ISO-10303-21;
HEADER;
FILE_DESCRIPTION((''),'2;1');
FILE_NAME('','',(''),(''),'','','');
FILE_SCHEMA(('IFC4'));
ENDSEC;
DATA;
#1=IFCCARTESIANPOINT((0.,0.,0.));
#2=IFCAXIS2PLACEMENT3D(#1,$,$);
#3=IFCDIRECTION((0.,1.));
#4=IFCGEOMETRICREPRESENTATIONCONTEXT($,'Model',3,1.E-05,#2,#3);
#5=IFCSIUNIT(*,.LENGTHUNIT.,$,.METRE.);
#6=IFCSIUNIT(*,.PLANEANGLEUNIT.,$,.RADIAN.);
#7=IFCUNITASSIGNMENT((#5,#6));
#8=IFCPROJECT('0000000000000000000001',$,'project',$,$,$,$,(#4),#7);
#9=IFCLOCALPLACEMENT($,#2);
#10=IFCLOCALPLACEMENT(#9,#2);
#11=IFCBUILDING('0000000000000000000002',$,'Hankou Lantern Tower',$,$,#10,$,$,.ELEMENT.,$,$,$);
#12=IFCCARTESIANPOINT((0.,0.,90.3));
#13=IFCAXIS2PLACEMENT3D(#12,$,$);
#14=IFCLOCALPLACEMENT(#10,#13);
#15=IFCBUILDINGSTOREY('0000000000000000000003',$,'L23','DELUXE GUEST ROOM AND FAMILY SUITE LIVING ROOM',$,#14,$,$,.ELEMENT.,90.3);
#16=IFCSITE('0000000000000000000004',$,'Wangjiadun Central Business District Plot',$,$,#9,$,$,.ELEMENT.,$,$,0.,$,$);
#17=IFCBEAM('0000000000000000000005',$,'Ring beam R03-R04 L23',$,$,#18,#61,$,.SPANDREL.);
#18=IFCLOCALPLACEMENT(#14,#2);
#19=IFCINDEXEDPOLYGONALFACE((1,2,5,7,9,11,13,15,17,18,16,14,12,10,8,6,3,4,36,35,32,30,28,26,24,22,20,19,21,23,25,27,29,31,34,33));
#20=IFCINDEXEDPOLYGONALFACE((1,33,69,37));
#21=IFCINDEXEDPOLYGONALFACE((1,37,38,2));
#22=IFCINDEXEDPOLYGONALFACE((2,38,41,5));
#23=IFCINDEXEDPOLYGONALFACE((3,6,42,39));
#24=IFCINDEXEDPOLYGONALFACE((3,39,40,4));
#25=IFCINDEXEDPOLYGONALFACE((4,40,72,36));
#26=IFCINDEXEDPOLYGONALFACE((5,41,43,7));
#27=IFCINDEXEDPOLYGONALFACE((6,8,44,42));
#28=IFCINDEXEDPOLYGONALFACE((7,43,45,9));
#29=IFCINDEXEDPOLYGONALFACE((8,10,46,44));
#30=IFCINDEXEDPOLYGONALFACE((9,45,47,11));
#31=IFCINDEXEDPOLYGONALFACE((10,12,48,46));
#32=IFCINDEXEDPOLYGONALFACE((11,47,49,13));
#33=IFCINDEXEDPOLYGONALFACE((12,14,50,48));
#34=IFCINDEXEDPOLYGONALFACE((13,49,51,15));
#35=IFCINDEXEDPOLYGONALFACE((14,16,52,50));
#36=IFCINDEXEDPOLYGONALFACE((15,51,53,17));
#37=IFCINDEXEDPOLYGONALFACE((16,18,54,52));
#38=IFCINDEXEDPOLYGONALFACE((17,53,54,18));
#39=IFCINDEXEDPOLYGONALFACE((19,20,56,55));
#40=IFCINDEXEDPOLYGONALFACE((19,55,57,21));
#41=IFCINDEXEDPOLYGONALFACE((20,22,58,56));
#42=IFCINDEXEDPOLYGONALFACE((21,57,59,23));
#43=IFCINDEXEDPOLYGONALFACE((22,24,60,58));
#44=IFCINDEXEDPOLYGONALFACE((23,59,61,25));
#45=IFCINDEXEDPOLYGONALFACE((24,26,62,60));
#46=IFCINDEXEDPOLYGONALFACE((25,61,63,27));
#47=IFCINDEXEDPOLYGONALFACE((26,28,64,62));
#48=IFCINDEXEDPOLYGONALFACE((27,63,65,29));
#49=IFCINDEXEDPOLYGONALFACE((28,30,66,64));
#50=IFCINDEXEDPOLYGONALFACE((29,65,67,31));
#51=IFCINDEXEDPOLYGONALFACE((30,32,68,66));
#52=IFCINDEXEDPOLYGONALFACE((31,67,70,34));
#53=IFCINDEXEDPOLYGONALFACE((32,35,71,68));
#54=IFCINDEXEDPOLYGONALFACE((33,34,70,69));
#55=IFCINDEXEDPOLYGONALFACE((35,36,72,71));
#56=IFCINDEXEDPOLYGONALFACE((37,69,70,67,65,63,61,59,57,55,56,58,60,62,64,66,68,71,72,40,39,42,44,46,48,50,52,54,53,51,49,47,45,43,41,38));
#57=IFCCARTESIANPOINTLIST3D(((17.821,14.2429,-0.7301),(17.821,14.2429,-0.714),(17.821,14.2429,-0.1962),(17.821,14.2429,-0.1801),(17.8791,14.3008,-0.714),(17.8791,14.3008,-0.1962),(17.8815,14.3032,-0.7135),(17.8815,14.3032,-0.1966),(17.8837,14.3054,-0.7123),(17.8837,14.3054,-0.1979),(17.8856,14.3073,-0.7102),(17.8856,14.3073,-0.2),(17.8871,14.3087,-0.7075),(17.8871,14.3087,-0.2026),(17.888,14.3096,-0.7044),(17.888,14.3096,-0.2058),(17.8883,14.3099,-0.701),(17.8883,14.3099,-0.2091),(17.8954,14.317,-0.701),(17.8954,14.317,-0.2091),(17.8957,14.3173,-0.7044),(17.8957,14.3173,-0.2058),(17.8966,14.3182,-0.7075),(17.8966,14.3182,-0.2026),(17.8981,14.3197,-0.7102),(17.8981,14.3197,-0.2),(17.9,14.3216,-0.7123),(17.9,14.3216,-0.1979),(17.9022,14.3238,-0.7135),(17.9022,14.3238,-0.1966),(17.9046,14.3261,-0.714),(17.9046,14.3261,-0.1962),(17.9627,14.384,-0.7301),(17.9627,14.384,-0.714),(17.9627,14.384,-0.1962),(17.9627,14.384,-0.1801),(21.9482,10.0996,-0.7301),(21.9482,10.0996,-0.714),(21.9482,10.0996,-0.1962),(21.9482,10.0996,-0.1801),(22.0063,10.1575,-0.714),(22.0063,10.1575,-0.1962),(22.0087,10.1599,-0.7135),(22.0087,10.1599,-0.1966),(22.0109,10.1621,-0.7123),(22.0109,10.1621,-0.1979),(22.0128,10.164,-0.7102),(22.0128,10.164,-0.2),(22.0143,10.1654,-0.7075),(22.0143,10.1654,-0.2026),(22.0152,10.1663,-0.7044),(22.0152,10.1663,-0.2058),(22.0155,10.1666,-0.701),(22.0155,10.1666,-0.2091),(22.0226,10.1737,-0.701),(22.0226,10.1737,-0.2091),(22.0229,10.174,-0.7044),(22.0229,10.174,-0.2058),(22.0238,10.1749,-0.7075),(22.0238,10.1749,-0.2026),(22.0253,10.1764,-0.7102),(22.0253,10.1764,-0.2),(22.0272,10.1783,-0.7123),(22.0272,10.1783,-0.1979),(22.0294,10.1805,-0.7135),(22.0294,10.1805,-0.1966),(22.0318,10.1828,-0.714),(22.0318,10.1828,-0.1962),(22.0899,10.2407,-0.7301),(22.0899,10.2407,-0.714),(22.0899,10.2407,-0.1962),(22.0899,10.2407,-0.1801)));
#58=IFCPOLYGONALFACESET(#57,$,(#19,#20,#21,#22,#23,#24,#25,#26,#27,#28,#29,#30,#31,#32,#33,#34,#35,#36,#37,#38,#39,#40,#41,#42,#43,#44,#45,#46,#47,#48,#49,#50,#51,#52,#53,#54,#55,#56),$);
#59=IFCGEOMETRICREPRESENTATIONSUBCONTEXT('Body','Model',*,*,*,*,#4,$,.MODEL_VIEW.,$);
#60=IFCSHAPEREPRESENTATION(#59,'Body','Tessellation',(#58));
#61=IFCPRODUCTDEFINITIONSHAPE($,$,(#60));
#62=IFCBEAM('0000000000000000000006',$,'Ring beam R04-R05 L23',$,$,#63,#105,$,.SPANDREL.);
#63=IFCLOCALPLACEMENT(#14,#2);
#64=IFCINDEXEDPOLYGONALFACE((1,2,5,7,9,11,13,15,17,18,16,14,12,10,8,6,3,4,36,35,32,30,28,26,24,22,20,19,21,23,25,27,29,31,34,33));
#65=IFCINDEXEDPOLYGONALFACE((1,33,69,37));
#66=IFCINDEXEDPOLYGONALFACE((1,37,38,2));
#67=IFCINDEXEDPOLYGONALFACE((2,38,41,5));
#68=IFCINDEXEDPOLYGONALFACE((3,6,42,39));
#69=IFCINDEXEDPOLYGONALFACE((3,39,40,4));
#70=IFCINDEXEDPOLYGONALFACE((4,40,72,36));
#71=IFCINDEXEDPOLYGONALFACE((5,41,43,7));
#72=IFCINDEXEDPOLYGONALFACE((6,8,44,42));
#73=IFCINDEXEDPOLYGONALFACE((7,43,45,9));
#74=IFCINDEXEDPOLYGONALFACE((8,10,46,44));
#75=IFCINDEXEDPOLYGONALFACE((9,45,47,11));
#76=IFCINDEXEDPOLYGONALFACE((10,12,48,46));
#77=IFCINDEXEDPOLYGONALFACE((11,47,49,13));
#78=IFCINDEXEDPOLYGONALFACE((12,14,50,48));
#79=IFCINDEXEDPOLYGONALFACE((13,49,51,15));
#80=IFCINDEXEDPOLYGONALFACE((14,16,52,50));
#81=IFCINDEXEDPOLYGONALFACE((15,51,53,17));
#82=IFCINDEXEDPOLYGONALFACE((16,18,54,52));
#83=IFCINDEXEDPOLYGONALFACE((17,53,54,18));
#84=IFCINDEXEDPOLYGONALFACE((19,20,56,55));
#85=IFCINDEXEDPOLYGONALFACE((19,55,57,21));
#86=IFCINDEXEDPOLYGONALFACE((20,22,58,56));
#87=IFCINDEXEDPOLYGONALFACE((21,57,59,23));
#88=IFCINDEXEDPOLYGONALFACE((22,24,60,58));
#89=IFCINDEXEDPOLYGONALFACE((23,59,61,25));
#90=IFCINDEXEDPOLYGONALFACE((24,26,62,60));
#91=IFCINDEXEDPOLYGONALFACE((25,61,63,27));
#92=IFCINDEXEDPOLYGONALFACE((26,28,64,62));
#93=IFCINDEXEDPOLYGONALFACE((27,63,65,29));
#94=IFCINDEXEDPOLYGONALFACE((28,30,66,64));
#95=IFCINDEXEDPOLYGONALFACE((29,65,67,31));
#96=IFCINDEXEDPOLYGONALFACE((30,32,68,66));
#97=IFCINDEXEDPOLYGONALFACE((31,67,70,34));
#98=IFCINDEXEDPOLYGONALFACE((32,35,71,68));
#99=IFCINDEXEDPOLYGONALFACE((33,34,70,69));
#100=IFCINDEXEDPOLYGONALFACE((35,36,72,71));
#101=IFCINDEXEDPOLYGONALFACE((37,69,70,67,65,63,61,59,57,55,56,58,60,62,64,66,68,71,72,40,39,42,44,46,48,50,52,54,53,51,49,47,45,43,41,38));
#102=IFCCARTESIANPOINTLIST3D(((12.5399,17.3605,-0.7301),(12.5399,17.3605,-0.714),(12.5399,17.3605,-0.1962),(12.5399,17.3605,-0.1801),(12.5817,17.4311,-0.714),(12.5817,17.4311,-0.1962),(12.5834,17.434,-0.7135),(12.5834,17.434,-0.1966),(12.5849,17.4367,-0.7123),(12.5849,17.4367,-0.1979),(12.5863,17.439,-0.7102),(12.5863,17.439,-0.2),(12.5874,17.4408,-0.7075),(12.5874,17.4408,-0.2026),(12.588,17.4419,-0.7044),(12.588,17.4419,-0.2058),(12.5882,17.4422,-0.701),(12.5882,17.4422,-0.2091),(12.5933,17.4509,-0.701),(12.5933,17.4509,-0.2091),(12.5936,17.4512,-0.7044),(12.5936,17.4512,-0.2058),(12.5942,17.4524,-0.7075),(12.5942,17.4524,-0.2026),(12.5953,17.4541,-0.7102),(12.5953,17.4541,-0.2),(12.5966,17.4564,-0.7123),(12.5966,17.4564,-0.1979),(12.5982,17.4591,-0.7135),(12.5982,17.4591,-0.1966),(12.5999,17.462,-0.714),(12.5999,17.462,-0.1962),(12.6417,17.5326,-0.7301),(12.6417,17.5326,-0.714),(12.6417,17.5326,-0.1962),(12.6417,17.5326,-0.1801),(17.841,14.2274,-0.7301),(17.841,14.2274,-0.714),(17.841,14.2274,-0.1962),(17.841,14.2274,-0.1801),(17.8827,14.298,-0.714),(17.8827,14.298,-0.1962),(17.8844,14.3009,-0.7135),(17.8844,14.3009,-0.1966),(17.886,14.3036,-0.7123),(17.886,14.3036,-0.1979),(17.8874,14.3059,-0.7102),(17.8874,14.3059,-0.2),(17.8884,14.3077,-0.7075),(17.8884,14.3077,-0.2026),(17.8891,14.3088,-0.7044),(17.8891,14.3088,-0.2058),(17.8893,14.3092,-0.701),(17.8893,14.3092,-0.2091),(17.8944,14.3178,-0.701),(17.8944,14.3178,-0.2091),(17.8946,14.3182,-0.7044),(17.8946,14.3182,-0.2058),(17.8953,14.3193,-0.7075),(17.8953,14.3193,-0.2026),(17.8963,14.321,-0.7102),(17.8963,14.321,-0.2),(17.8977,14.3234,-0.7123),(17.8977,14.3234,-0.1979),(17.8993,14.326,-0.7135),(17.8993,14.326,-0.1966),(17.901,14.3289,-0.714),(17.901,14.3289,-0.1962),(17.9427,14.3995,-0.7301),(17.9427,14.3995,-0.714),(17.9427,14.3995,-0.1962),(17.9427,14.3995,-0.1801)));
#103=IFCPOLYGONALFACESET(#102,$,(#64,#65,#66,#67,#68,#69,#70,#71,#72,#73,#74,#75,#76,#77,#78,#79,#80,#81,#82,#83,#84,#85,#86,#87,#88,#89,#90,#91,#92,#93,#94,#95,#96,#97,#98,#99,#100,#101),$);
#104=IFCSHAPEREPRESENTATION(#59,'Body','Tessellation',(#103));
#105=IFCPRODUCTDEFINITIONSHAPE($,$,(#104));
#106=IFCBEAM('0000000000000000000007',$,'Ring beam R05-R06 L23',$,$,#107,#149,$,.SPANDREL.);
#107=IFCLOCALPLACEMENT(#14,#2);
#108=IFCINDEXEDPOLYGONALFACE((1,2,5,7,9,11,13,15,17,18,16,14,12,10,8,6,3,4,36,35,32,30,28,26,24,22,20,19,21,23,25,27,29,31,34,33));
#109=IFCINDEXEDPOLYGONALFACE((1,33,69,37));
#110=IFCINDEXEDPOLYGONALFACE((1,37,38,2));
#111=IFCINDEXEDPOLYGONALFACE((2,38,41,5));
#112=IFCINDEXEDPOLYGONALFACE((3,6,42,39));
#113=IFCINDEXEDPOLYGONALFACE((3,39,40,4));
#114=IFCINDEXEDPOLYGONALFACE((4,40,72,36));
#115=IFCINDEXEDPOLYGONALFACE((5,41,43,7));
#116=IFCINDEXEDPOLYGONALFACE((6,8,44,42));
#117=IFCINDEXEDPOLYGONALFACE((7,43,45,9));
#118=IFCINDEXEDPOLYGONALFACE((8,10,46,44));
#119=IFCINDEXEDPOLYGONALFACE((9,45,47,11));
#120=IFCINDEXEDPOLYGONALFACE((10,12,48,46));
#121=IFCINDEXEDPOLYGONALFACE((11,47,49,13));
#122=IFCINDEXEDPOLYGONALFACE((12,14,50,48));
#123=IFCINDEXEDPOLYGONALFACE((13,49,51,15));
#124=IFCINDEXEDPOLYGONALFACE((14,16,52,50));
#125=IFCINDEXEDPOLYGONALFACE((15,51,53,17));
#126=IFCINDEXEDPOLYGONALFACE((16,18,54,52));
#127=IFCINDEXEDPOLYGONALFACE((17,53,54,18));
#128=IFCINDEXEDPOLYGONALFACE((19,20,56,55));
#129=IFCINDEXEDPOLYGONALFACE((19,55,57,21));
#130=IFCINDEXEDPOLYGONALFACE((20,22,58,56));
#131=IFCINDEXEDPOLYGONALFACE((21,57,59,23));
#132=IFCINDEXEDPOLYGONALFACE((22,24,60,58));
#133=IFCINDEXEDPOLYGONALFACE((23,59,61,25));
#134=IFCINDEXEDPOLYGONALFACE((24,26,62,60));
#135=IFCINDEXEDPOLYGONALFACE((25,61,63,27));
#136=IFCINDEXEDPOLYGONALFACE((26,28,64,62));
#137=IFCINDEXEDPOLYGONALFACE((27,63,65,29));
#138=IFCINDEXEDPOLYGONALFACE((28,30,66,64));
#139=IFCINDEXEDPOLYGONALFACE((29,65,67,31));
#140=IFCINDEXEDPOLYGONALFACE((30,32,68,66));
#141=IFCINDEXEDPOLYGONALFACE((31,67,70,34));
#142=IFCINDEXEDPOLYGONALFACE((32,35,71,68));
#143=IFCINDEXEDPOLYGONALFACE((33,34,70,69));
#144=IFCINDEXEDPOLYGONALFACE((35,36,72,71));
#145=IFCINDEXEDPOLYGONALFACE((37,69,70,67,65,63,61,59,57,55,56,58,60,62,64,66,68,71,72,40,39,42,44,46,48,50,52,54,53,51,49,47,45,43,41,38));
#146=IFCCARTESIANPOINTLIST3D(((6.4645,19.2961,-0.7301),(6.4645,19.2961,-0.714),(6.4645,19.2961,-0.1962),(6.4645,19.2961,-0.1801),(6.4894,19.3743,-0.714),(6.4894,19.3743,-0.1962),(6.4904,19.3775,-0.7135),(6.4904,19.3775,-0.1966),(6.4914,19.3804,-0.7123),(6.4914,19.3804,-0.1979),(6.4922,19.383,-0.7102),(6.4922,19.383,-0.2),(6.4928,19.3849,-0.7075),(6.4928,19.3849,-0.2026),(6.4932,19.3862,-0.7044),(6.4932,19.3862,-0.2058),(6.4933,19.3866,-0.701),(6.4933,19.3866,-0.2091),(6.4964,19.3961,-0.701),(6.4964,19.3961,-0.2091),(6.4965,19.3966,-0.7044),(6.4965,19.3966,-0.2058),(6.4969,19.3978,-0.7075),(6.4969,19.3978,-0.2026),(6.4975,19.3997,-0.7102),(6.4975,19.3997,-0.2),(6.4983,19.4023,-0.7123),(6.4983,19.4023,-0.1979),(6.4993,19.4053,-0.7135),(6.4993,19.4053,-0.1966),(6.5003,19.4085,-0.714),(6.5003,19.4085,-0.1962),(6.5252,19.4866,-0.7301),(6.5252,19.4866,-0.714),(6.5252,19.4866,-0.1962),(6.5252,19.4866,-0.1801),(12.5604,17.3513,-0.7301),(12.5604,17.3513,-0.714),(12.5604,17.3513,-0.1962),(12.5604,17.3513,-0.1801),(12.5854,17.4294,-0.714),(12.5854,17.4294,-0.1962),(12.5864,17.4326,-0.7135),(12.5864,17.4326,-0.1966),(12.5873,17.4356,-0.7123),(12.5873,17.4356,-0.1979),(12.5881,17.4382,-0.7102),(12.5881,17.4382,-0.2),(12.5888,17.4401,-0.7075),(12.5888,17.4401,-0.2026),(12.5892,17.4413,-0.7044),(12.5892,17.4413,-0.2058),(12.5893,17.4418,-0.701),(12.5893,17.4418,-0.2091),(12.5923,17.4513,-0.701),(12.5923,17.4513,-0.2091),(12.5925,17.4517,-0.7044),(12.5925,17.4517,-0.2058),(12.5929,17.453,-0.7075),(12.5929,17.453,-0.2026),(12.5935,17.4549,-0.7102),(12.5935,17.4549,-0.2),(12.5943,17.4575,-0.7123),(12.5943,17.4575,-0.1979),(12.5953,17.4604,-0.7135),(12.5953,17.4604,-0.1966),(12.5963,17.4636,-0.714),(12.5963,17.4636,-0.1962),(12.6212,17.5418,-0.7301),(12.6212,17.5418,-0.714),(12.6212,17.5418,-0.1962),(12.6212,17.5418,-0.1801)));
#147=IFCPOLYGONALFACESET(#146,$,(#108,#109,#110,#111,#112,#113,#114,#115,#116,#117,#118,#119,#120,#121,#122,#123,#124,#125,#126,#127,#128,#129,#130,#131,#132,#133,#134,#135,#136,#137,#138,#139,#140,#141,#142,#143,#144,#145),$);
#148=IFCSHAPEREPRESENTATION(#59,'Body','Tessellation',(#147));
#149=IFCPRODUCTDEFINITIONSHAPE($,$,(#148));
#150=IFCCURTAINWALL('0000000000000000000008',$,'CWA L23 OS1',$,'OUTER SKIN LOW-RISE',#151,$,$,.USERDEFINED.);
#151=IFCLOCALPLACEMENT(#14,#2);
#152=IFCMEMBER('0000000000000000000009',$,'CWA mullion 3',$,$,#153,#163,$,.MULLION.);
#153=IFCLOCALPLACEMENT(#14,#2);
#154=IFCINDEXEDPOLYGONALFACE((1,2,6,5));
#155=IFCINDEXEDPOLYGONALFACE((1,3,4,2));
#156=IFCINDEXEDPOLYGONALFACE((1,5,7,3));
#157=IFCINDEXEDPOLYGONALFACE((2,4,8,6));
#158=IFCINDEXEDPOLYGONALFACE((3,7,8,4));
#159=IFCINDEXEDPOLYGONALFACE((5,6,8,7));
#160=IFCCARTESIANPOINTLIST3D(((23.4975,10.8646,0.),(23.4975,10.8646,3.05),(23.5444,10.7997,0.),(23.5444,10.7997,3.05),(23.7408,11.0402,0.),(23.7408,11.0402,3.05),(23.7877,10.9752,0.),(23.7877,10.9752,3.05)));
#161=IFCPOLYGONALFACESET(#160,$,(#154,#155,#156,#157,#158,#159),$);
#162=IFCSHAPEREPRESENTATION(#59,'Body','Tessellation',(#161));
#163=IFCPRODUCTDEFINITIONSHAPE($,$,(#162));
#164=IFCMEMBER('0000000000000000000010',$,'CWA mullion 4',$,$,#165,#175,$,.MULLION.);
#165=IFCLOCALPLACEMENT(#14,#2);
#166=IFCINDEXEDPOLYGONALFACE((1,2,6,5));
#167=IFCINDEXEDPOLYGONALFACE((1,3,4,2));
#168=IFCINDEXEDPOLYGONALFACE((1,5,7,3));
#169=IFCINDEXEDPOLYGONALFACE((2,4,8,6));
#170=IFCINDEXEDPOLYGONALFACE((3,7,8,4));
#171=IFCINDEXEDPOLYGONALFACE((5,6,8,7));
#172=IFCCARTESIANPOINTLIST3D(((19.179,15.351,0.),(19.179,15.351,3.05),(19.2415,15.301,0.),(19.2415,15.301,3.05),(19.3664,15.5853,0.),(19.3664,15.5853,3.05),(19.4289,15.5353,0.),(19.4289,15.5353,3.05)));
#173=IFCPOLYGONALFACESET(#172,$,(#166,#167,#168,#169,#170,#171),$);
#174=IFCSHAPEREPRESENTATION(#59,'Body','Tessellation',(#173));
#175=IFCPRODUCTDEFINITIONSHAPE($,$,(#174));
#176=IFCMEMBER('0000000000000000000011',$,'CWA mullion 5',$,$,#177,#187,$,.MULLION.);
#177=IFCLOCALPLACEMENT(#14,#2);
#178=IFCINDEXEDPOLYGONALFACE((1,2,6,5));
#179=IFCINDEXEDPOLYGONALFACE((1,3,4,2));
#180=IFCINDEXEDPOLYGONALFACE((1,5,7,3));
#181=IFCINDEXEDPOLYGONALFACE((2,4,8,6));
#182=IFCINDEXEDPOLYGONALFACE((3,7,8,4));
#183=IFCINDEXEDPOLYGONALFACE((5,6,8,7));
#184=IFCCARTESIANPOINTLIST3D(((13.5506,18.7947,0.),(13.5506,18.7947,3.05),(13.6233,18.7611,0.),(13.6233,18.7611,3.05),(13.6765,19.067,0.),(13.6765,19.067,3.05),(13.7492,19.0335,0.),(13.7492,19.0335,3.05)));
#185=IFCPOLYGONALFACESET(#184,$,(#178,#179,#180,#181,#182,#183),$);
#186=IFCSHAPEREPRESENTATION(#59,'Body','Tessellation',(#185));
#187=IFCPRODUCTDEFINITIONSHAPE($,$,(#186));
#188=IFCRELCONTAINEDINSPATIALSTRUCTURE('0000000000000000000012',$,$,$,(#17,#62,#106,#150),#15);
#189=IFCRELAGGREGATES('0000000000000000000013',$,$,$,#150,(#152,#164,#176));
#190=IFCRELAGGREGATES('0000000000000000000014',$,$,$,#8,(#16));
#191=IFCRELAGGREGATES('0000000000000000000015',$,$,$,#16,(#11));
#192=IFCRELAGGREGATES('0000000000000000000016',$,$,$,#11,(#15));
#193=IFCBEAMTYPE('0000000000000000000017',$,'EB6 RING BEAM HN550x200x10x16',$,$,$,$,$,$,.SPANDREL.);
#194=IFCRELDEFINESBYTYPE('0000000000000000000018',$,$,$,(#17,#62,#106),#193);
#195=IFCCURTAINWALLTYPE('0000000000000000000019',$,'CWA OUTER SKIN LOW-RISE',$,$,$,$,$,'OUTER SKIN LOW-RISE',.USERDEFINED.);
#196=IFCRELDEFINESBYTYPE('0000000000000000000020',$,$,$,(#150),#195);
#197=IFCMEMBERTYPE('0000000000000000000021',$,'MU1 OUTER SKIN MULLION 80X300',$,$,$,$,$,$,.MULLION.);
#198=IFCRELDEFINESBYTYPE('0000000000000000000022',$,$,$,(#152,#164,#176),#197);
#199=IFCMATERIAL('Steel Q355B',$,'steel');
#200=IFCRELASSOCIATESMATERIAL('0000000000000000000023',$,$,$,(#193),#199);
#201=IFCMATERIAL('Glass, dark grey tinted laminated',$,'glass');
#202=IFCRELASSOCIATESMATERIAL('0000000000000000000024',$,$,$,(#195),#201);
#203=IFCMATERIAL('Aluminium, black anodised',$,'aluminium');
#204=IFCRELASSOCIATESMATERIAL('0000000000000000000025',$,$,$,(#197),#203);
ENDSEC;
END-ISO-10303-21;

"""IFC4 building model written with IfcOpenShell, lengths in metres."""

from ifc_helpers import new_model, si_unit, direction, frame, origin, origin_2d, place, context, subcontext, project, spatial, rectangle, i_section, extrude, material, material_profile, profile_set, type_object, element, aggregate, save


model = new_model("IFC4")

# Units and contexts
model_context = context("Model", 3, precision=1e-05, world=origin(), true_north=direction((0.0, 1.0)))
body_context = subcontext(model_context, "Body", "Model", "MODEL_VIEW")
ifc_project = project(units=[si_unit("LENGTHUNIT", "METRE"), si_unit("PLANEANGLEUNIT", "RADIAN")], contexts=[model_context])

# Site, building, storey
site_placement = place(None, origin())
site = spatial("IfcSite", under=ifc_project, at=site_placement, Name="Wangjiadun Central Business District Plot", CompositionType="ELEMENT", RefElevation=0.0)
building_placement = place(site_placement, origin())
building = spatial("IfcBuilding", under=site, at=building_placement, Name="Hankou Lantern Tower", CompositionType="ELEMENT")
storey_placement = place(building_placement, frame((0.0, 0.0, 90.3)))
storey = spatial("IfcBuildingStorey", under=building, at=storey_placement, Name="L23", Description="DELUXE GUEST ROOM AND FAMILY SUITE LIVING ROOM", CompositionType="ELEMENT", Elevation=90.3)

# Beams
ifc_material_1 = material(Name="Steel Q355B", Category="steel")
ifc_material_profile_1 = material_profile(ifc_material_1, i_section(OverallWidth=0.2, OverallDepth=0.55, WebThickness=0.01, FlangeThickness=0.0161, FilletRadius=0.0129, at=origin_2d()), Name="HN550x200x10x16")
ifc_profile_set_1 = profile_set([ifc_material_profile_1], Name="Steel Q355B")
beam_type_1 = type_object("IfcBeamType", Name="EB6 RING BEAM HN550x200x10x16", PredefinedType="SPANDREL", material=ifc_profile_set_1)
beam_1_placement = place(storey_placement, frame((22.019, 10.1702, -0.4551), z_axis=(-0.705728, 0.708483, 0.0), x_axis=(-0.708483, -0.705728, 0.0)))
element("IfcBeam", 1, at=beam_1_placement, inside=storey, type_object=beam_type_1, Name="Ring beam R03-R04 L23", PredefinedType="SPANDREL", context=body_context, shape_type="SweptSolid", body=[
    extrude(i_section(OverallWidth=0.2, OverallDepth=0.55, WebThickness=0.01, FlangeThickness=0.0161, FilletRadius=0.0129, at=origin_2d()), origin(), (0.0, 0.0, 1.0), 5.8481),
])
beam_2_placement = place(storey_placement, frame((17.8918, 14.3135, -0.4551), z_axis=(-0.860882, 0.508805, 0.0), x_axis=(-0.508805, -0.860882, 0.0)))
element("IfcBeam", 2, at=beam_2_placement, inside=storey, type_object=beam_type_1, Name="Ring beam R04-R05 L23", PredefinedType="SPANDREL", context=body_context, shape_type="SweptSolid", body=[
    extrude(i_section(OverallWidth=0.2, OverallDepth=0.55, WebThickness=0.01, FlangeThickness=0.0161, FilletRadius=0.0129, at=origin_2d()), origin(), (0.0, 0.0, 1.0), 6.1577),
])
beam_3_placement = place(storey_placement, frame((12.5908, 17.4465, -0.4551), z_axis=(-0.95269, 0.303942, 0.0), x_axis=(-0.303942, -0.95269, 0.0)))
element("IfcBeam", 3, at=beam_3_placement, inside=storey, type_object=beam_type_1, Name="Ring beam R05-R06 L23", PredefinedType="SPANDREL", context=body_context, shape_type="SweptSolid", body=[
    extrude(i_section(OverallWidth=0.2, OverallDepth=0.55, WebThickness=0.01, FlangeThickness=0.0161, FilletRadius=0.0129, at=origin_2d()), origin(), (0.0, 0.0, 1.0), 6.3987),
])

# Curtain wall, members
ifc_material_2 = material(Name="Glass, dark grey tinted laminated", Category="glass")
curtain_wall_type = type_object("IfcCurtainWallType", Name="CWA OUTER SKIN LOW-RISE", ElementType="OUTER SKIN LOW-RISE", PredefinedType="USERDEFINED", material=ifc_material_2)
curtain_wall_placement = place(storey_placement, origin())
curtain_wall = element("IfcCurtainWall", 4, at=curtain_wall_placement, inside=storey, type_object=curtain_wall_type, Name="CWA L23 OS1", ObjectType="OUTER SKIN LOW-RISE", PredefinedType="USERDEFINED")
ifc_material_3 = material(Name="Aluminium, black anodised", Category="aluminium")
ifc_material_profile_2 = material_profile(ifc_material_3, rectangle(XDim=0.0801, YDim=0.3, at=origin_2d()), Name="MU1 80X300")
ifc_profile_set_2 = profile_set([ifc_material_profile_2], Name="Aluminium, black anodised")
member_type_1 = type_object("IfcMemberType", Name="MU1 OUTER SKIN MULLION 80X300", PredefinedType="MULLION", material=ifc_profile_set_2)
member_1_placement = place(storey_placement, frame((23.6426, 10.9199, 0.0), z_axis=(0.0, 0.0, 1.0), x_axis=(-0.585206, 0.810885, 0.0)))
member_1 = element("IfcMember", 5, at=member_1_placement, type_object=member_type_1, Name="CWA mullion 3", PredefinedType="MULLION", context=body_context, shape_type="SweptSolid", body=[
    extrude(rectangle(XDim=0.0801, YDim=0.3, at=origin_2d()), origin(), (0.0, 0.0, 1.0), 3.05),
])
member_2_placement = place(storey_placement, frame((19.304, 15.4431, 0.0), z_axis=(0.0, 0.0, 1.0), x_axis=(-0.780869, 0.624695, 0.0)))
member_2 = element("IfcMember", 6, at=member_2_placement, type_object=member_type_1, Name="CWA mullion 4", PredefinedType="MULLION", context=body_context, shape_type="SweptSolid", body=[
    extrude(rectangle(XDim=0.0801, YDim=0.3, at=origin_2d()), origin(), (0.0, 0.0, 1.0), 3.05),
])
member_3_placement = place(storey_placement, frame((13.6499, 18.9141, 0.0), z_axis=(0.0, 0.0, 1.0), x_axis=(-0.907841, 0.419314, 0.0)))
member_3 = element("IfcMember", 7, at=member_3_placement, type_object=member_type_1, Name="CWA mullion 5", PredefinedType="MULLION", context=body_context, shape_type="SweptSolid", body=[
    extrude(rectangle(XDim=0.0801, YDim=0.3, at=origin_2d()), origin(), (0.0, 0.0, 1.0), 3.05),
])

aggregate(curtain_wall, [member_1, member_2, member_3])

save(model, "model.ifc")
